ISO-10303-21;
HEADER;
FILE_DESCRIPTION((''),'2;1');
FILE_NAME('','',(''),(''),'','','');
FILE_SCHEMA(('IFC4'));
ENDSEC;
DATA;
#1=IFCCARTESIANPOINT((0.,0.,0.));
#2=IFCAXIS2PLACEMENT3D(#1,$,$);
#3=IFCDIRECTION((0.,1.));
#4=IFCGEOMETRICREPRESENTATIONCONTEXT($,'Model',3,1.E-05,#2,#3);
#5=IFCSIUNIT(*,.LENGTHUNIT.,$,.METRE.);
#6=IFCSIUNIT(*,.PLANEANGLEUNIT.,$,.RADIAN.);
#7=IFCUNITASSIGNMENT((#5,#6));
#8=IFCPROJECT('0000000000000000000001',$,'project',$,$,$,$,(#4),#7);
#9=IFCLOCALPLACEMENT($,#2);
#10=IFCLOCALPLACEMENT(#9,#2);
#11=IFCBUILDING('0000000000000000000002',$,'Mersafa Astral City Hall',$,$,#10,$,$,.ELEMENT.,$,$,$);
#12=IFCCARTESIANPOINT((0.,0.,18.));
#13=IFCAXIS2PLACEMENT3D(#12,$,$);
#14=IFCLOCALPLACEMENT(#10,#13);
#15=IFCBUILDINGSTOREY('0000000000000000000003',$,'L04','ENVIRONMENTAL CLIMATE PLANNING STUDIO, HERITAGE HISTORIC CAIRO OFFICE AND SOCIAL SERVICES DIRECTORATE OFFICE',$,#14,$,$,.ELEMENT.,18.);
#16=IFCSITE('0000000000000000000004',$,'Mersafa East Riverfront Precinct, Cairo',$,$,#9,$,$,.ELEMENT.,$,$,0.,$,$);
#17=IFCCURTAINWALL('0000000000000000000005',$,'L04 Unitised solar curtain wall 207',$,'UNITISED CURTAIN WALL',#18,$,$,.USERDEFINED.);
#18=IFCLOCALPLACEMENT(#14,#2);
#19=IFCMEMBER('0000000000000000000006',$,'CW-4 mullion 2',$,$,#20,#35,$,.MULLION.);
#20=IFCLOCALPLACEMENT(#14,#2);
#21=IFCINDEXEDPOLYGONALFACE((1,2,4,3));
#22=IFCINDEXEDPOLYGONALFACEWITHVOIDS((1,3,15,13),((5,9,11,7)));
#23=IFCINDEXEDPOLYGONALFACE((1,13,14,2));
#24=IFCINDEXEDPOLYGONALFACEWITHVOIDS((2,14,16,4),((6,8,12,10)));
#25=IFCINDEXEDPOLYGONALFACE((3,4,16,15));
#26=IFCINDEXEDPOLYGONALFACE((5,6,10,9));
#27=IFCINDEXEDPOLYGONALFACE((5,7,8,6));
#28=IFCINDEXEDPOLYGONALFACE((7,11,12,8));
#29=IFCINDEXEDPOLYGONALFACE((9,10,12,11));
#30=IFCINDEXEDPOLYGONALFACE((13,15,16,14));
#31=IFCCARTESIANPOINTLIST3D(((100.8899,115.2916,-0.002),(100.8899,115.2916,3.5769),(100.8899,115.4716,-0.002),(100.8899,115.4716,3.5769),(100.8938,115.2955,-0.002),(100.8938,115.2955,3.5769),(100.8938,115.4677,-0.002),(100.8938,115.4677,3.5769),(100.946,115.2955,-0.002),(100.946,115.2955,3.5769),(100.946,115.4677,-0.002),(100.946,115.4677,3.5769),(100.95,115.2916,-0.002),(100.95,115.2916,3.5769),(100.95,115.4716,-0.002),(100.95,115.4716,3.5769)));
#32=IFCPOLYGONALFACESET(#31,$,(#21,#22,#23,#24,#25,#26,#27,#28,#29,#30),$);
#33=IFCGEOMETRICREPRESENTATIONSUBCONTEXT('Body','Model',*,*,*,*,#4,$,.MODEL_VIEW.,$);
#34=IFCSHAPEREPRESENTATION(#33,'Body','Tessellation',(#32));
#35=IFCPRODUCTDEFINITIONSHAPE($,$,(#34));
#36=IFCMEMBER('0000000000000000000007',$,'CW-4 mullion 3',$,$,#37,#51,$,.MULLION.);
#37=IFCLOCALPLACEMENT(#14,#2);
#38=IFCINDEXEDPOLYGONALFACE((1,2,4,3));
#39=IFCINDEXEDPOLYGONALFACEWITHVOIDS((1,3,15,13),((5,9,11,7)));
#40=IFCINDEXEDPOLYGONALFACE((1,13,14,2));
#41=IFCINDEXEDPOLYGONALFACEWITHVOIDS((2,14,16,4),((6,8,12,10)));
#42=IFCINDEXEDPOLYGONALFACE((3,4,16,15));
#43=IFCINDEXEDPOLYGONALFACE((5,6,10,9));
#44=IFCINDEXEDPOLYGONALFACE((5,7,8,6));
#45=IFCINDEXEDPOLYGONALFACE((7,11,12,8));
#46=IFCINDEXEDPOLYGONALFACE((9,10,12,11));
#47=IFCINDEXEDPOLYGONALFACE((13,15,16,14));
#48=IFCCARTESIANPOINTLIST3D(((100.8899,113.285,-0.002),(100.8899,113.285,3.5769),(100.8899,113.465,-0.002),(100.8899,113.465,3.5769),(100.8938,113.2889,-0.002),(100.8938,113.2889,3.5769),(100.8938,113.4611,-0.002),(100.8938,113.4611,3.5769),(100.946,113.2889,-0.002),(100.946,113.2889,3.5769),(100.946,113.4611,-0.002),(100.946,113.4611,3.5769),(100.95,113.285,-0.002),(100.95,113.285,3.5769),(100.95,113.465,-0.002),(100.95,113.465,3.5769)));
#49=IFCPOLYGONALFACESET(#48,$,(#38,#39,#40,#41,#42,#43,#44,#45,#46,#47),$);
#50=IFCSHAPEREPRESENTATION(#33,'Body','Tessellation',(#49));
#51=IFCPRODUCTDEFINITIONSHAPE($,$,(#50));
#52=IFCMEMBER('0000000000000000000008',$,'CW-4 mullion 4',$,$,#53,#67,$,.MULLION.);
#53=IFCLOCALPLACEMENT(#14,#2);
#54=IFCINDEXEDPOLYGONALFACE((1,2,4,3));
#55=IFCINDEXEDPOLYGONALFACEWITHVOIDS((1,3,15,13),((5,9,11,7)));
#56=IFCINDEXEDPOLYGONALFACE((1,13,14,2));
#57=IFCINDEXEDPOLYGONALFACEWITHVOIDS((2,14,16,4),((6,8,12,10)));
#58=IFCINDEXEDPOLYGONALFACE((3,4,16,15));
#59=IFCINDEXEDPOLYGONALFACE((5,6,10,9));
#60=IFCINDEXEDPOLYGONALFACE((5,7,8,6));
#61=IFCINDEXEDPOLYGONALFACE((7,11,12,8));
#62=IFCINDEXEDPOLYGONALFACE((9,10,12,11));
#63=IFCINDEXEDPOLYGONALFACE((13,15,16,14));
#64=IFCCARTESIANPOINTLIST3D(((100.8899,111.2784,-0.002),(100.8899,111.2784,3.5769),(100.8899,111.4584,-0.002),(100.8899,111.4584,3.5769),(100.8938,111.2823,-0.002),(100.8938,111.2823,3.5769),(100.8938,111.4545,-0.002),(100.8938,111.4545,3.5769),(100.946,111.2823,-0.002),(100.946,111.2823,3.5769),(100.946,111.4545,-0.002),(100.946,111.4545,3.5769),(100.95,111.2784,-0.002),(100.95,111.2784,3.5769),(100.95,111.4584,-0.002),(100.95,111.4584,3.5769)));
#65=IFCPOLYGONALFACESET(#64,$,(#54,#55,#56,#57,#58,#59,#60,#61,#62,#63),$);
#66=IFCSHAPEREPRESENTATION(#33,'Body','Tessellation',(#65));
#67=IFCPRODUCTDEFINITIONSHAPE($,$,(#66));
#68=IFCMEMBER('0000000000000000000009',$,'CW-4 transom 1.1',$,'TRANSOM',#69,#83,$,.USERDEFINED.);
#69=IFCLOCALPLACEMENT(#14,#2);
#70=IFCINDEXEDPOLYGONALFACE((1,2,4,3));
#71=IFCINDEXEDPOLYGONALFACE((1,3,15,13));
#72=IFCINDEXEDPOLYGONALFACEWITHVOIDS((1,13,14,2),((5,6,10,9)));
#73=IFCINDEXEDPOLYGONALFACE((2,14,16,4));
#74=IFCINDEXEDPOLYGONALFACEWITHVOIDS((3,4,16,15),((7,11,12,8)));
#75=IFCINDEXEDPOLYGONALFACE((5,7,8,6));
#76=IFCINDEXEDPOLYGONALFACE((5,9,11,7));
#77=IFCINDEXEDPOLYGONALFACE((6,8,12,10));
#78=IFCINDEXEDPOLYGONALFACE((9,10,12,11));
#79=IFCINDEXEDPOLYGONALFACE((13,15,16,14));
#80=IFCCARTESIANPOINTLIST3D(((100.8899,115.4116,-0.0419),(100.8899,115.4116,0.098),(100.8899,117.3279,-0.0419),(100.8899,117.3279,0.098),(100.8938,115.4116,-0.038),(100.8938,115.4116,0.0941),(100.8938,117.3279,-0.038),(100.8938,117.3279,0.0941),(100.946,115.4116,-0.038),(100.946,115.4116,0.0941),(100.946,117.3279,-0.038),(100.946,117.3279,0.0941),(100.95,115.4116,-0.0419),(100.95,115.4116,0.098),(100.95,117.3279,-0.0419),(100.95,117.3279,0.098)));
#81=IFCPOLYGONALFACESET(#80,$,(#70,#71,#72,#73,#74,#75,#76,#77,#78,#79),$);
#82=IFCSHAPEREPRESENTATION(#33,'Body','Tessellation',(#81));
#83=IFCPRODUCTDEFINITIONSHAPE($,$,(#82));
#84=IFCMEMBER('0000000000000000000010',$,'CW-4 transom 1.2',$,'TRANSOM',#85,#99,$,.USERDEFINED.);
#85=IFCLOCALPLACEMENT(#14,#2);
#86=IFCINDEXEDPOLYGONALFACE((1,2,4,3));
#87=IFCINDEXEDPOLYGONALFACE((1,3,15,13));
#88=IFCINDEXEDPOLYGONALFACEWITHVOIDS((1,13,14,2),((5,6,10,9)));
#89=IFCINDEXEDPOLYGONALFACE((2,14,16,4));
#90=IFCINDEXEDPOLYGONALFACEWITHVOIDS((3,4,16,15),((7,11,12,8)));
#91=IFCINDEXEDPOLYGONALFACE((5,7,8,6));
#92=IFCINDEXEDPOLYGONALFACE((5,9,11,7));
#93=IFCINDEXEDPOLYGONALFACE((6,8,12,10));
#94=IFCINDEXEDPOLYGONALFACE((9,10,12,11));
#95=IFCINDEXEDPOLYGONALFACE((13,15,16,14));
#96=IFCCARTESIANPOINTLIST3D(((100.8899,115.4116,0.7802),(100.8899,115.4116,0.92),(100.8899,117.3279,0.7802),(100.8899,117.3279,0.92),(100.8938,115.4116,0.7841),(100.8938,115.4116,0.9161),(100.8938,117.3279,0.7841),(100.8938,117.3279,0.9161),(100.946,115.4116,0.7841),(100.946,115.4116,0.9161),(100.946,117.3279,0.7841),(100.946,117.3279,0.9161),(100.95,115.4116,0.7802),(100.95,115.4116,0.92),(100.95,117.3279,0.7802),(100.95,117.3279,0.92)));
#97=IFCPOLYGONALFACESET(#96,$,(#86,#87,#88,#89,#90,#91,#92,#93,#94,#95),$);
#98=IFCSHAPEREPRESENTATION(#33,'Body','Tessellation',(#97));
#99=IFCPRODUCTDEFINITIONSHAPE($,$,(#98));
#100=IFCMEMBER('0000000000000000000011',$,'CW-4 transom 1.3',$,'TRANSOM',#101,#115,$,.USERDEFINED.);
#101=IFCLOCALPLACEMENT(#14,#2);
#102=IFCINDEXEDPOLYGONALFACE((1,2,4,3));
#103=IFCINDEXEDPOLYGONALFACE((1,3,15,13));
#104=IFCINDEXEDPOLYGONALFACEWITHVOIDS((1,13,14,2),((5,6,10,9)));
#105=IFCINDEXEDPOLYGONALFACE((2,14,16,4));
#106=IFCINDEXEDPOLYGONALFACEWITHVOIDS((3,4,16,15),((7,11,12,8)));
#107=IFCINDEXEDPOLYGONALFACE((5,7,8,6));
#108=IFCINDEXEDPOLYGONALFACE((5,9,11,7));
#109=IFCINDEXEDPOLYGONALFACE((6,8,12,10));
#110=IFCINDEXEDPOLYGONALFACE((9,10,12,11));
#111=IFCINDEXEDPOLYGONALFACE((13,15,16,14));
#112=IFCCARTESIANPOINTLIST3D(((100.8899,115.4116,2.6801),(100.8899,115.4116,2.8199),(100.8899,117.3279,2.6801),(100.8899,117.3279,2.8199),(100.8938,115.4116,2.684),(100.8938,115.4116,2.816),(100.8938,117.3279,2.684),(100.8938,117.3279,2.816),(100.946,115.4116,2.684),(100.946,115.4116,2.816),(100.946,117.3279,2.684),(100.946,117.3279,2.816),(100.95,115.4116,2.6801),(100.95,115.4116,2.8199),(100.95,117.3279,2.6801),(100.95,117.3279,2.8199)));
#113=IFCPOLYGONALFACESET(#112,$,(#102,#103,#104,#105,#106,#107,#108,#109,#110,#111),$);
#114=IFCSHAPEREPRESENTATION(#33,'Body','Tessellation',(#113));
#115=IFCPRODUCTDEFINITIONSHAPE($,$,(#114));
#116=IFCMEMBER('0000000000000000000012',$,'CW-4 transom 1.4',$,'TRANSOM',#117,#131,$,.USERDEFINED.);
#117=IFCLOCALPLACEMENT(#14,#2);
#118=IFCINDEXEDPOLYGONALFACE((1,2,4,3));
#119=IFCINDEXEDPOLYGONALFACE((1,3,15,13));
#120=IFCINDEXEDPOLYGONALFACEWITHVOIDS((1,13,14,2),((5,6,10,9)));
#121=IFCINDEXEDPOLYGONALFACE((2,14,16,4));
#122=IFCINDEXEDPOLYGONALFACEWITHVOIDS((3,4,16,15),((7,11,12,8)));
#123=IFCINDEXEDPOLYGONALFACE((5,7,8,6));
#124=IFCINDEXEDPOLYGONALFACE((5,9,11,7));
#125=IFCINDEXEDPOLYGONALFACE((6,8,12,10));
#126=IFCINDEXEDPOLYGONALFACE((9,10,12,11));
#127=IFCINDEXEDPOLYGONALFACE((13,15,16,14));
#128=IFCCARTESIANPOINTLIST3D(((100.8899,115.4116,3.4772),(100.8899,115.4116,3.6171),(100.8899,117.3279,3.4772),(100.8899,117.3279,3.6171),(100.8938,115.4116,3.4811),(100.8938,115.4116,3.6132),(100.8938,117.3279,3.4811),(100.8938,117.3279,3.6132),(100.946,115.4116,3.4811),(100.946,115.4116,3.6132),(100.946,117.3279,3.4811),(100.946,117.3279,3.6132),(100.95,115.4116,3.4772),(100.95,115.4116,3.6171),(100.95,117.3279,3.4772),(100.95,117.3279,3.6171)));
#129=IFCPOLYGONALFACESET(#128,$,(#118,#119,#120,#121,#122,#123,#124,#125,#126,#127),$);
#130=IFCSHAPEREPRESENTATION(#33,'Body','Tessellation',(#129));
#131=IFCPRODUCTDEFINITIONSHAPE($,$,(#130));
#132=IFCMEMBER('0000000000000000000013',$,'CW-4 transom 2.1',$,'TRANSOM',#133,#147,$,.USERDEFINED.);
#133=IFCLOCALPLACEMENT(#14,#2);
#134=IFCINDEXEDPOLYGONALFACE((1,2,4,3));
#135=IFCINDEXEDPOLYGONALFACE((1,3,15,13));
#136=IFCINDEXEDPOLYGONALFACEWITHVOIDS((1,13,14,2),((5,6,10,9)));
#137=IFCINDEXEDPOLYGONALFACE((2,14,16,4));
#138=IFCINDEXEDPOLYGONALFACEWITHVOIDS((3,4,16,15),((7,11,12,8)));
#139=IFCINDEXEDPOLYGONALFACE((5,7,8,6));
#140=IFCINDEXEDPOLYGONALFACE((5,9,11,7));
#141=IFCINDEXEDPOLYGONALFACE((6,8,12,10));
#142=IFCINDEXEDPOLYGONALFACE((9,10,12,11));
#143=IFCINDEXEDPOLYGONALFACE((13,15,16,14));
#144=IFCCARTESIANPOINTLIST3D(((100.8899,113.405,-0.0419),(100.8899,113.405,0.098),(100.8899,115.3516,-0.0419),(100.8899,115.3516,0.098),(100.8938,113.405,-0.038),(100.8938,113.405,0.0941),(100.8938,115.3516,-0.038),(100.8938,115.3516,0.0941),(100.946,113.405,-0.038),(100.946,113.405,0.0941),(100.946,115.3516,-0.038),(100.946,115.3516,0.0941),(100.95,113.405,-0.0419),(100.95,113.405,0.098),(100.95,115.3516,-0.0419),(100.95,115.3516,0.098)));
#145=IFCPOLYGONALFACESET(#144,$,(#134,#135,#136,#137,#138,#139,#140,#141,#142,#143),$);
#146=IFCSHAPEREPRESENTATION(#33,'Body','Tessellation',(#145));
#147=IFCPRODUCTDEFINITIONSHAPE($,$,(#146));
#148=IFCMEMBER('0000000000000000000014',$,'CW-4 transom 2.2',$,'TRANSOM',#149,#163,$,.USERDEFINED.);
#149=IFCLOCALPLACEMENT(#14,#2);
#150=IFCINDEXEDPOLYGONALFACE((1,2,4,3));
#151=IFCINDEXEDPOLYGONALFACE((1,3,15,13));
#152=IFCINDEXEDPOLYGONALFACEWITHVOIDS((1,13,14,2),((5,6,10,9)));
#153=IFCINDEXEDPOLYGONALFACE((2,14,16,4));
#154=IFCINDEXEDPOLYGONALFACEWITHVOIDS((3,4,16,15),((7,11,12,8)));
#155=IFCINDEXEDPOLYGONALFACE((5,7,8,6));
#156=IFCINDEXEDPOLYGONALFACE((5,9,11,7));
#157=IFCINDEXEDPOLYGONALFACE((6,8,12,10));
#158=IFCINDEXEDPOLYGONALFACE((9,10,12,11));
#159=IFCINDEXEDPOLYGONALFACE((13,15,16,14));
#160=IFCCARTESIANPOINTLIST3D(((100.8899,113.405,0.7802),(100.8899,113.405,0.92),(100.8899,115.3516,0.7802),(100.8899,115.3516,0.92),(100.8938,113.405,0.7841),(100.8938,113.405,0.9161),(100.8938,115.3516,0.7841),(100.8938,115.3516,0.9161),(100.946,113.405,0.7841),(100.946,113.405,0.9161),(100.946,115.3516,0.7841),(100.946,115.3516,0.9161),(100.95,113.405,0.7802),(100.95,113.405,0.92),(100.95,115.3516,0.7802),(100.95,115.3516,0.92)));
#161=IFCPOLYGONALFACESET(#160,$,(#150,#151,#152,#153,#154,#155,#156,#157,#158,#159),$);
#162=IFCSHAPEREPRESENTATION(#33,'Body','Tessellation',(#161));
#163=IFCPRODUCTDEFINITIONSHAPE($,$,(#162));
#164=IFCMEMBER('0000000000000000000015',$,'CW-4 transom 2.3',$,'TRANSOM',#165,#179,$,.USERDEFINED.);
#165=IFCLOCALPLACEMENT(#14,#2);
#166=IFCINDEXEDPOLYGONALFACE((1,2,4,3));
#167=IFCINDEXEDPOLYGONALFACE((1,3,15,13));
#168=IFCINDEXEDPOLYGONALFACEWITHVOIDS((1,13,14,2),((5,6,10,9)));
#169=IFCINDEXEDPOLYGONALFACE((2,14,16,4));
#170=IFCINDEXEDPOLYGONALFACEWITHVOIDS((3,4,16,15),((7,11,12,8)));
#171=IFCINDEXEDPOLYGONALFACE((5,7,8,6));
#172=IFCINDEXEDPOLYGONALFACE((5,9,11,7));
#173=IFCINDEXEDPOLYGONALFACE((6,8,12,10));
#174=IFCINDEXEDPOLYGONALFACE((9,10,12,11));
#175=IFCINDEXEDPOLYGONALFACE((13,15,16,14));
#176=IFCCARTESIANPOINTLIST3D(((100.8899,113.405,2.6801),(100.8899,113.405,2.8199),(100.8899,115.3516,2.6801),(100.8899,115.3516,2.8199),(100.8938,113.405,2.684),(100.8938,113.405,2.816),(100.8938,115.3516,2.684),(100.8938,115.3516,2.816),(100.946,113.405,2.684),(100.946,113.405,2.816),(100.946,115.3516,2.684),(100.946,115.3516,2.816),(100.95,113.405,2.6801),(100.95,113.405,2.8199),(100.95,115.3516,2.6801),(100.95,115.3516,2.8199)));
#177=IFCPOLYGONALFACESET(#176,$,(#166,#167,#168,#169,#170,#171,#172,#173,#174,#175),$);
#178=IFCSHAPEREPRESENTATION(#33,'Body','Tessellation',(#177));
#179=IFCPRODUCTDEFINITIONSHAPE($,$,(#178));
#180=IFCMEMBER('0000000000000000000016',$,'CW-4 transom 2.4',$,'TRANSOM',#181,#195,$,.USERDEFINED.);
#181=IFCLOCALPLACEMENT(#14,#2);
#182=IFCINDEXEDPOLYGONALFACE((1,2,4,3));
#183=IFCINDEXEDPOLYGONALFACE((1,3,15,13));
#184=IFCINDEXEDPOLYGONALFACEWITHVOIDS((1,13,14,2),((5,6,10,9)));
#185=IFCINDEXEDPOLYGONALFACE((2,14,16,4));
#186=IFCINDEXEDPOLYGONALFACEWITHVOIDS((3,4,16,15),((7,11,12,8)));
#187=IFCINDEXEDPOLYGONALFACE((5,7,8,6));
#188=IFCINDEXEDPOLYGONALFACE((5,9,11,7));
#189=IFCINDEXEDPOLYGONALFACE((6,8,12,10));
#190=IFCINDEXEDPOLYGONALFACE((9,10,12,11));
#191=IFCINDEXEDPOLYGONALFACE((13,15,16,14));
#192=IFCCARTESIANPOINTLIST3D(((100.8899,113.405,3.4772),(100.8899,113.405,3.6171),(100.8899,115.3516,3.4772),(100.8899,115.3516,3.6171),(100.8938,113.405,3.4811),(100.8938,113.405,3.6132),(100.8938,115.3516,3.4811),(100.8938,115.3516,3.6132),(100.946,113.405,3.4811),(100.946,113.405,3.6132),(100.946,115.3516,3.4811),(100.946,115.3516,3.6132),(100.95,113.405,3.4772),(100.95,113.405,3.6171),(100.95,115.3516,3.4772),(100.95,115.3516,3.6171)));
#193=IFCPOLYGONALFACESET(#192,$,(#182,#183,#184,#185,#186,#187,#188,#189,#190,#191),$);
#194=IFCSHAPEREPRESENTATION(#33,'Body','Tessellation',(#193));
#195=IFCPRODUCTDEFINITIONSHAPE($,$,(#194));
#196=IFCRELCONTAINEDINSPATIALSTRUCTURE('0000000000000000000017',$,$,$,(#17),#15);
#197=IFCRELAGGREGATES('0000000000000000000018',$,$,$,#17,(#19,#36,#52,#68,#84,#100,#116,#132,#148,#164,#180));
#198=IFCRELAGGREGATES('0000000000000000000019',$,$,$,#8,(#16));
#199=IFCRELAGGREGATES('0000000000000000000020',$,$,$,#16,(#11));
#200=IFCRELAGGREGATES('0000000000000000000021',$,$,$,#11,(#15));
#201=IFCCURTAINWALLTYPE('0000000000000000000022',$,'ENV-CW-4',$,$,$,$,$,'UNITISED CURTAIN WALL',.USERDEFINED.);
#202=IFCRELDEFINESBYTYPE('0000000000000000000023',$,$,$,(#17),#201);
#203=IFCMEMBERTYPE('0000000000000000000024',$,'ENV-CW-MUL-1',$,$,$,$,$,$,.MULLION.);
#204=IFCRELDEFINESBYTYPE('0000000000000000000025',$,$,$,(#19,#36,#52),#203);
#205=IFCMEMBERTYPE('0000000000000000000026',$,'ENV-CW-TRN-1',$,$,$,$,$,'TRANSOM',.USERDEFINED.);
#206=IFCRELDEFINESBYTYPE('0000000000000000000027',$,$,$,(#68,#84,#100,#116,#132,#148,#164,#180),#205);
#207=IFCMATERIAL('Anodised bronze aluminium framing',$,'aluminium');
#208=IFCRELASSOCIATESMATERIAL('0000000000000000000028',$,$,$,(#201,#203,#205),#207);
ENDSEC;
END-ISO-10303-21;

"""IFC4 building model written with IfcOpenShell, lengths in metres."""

from ifc_helpers import new_model, si_unit, direction, frame, origin, origin_2d, place, context, subcontext, project, spatial, hollow_rectangle, extrude, material, material_profile, profile_set, type_object, element, aggregate, save


model = new_model("IFC4")

# Units and contexts
model_context = context("Model", 3, precision=1e-05, world=origin(), true_north=direction((0.0, 1.0)))
body_context = subcontext(model_context, "Body", "Model", "MODEL_VIEW")
ifc_project = project(units=[si_unit("LENGTHUNIT", "METRE"), si_unit("PLANEANGLEUNIT", "RADIAN")], contexts=[model_context])

# Site, building, storey
site_placement = place(None, origin())
site = spatial("IfcSite", under=ifc_project, at=site_placement, Name="Mersafa East Riverfront Precinct, Cairo", CompositionType="ELEMENT", RefElevation=0.0)
building_placement = place(site_placement, origin())
building = spatial("IfcBuilding", under=site, at=building_placement, Name="Mersafa Astral City Hall", CompositionType="ELEMENT")
storey_placement = place(building_placement, frame((0.0, 0.0, 18.0)))
storey = spatial("IfcBuildingStorey", under=building, at=storey_placement, Name="L04", Description="ENVIRONMENTAL CLIMATE PLANNING STUDIO, HERITAGE HISTORIC CAIRO OFFICE AND SOCIAL SERVICES DIRECTORATE OFFICE", CompositionType="ELEMENT", Elevation=18.0)

# Curtain wall, members
ifc_material_1 = material(Name="Anodised bronze aluminium framing", Category="aluminium")
curtain_wall_type = type_object("IfcCurtainWallType", Name="ENV-CW-4", ElementType="UNITISED CURTAIN WALL", PredefinedType="USERDEFINED", material=ifc_material_1)
curtain_wall_placement = place(storey_placement, origin())
curtain_wall = element("IfcCurtainWall", 1, at=curtain_wall_placement, inside=storey, type_object=curtain_wall_type, Name="L04 Unitised solar curtain wall 207", ObjectType="UNITISED CURTAIN WALL", PredefinedType="USERDEFINED")
ifc_material_profile_1 = material_profile(ifc_material_1, hollow_rectangle(XDim=0.0601, YDim=0.1799, WallThickness=0.0039, at=origin_2d()), Name="RHS 60x180x4")
ifc_profile_set_1 = profile_set([ifc_material_profile_1], Name="Anodised bronze aluminium framing")
member_type_1 = type_object("IfcMemberType", Name="ENV-CW-MUL-1", PredefinedType="MULLION", material=ifc_profile_set_1)
member_1_placement = place(storey_placement, frame((100.9199, 115.3816, -0.002), z_axis=(0.0, 0.0, 1.0), x_axis=(1.0, 0.0, 0.0)))
member_1 = element("IfcMember", 2, at=member_1_placement, type_object=member_type_1, Name="CW-4 mullion 2", PredefinedType="MULLION", context=body_context, shape_type="SweptSolid", body=[
    extrude(hollow_rectangle(XDim=0.0601, YDim=0.1799, WallThickness=0.0039, at=origin_2d()), origin(), (0.0, 0.0, 1.0), 3.5789),
])
member_2_placement = place(storey_placement, frame((100.9199, 113.375, -0.002), z_axis=(0.0, 0.0, 1.0), x_axis=(1.0, 0.0, 0.0)))
member_2 = element("IfcMember", 3, at=member_2_placement, type_object=member_type_1, Name="CW-4 mullion 3", PredefinedType="MULLION", context=body_context, shape_type="SweptSolid", body=[
    extrude(hollow_rectangle(XDim=0.0601, YDim=0.1799, WallThickness=0.0039, at=origin_2d()), origin(), (0.0, 0.0, 1.0), 3.5789),
])
member_3_placement = place(storey_placement, frame((100.9199, 111.3684, -0.002), z_axis=(0.0, 0.0, 1.0), x_axis=(1.0, 0.0, 0.0)))
member_3 = element("IfcMember", 4, at=member_3_placement, type_object=member_type_1, Name="CW-4 mullion 4", PredefinedType="MULLION", context=body_context, shape_type="SweptSolid", body=[
    extrude(hollow_rectangle(XDim=0.0601, YDim=0.1799, WallThickness=0.0039, at=origin_2d()), origin(), (0.0, 0.0, 1.0), 3.5789),
])
ifc_material_profile_2 = material_profile(ifc_material_1, hollow_rectangle(XDim=0.0601, YDim=0.1399, WallThickness=0.0039, at=origin_2d()), Name="RHS 60x140x4")
ifc_profile_set_2 = profile_set([ifc_material_profile_2], Name="Anodised bronze aluminium framing")
member_type_2 = type_object("IfcMemberType", Name="ENV-CW-TRN-1", ElementType="TRANSOM", PredefinedType="USERDEFINED", material=ifc_profile_set_2)
member_4_placement = place(storey_placement, frame((100.9199, 117.3279, 0.0281), z_axis=(0.0, -1.0, 0.0), x_axis=(1.0, 0.0, 0.0)))
member_4 = element("IfcMember", 5, at=member_4_placement, type_object=member_type_2, Name="CW-4 transom 1.1", ObjectType="TRANSOM", PredefinedType="USERDEFINED", context=body_context, shape_type="SweptSolid", body=[
    extrude(hollow_rectangle(XDim=0.0601, YDim=0.1399, WallThickness=0.0039, at=origin_2d()), origin(), (0.0, 0.0, 1.0), 1.9163),
])
member_5_placement = place(storey_placement, frame((100.9199, 117.3279, 0.8501), z_axis=(0.0, -1.0, 0.0), x_axis=(1.0, 0.0, 0.0)))
member_5 = element("IfcMember", 6, at=member_5_placement, type_object=member_type_2, Name="CW-4 transom 1.2", ObjectType="TRANSOM", PredefinedType="USERDEFINED", context=body_context, shape_type="SweptSolid", body=[
    extrude(hollow_rectangle(XDim=0.0601, YDim=0.1399, WallThickness=0.0039, at=origin_2d()), origin(), (0.0, 0.0, 1.0), 1.9163),
])
member_6_placement = place(storey_placement, frame((100.9199, 117.3279, 2.75), z_axis=(0.0, -1.0, 0.0), x_axis=(1.0, 0.0, 0.0)))
member_6 = element("IfcMember", 7, at=member_6_placement, type_object=member_type_2, Name="CW-4 transom 1.3", ObjectType="TRANSOM", PredefinedType="USERDEFINED", context=body_context, shape_type="SweptSolid", body=[
    extrude(hollow_rectangle(XDim=0.0601, YDim=0.1399, WallThickness=0.0039, at=origin_2d()), origin(), (0.0, 0.0, 1.0), 1.9163),
])
member_7_placement = place(storey_placement, frame((100.9199, 117.3279, 3.5471), z_axis=(0.0, -1.0, 0.0), x_axis=(1.0, 0.0, 0.0)))
member_7 = element("IfcMember", 8, at=member_7_placement, type_object=member_type_2, Name="CW-4 transom 1.4", ObjectType="TRANSOM", PredefinedType="USERDEFINED", context=body_context, shape_type="SweptSolid", body=[
    extrude(hollow_rectangle(XDim=0.0601, YDim=0.1399, WallThickness=0.0039, at=origin_2d()), origin(), (0.0, 0.0, 1.0), 1.9163),
])
member_8_placement = place(storey_placement, frame((100.9199, 115.3516, 0.0281), z_axis=(0.0, -1.0, 0.0), x_axis=(1.0, 0.0, 0.0)))
member_8 = element("IfcMember", 9, at=member_8_placement, type_object=member_type_2, Name="CW-4 transom 2.1", ObjectType="TRANSOM", PredefinedType="USERDEFINED", context=body_context, shape_type="SweptSolid", body=[
    extrude(hollow_rectangle(XDim=0.0601, YDim=0.1399, WallThickness=0.0039, at=origin_2d()), origin(), (0.0, 0.0, 1.0), 1.9465),
])
member_9_placement = place(storey_placement, frame((100.9199, 115.3516, 0.8501), z_axis=(0.0, -1.0, 0.0), x_axis=(1.0, 0.0, 0.0)))
member_9 = element("IfcMember", 10, at=member_9_placement, type_object=member_type_2, Name="CW-4 transom 2.2", ObjectType="TRANSOM", PredefinedType="USERDEFINED", context=body_context, shape_type="SweptSolid", body=[
    extrude(hollow_rectangle(XDim=0.0601, YDim=0.1399, WallThickness=0.0039, at=origin_2d()), origin(), (0.0, 0.0, 1.0), 1.9465),
])
member_10_placement = place(storey_placement, frame((100.9199, 115.3516, 2.75), z_axis=(0.0, -1.0, 0.0), x_axis=(1.0, 0.0, 0.0)))
member_10 = element("IfcMember", 11, at=member_10_placement, type_object=member_type_2, Name="CW-4 transom 2.3", ObjectType="TRANSOM", PredefinedType="USERDEFINED", context=body_context, shape_type="SweptSolid", body=[
    extrude(hollow_rectangle(XDim=0.0601, YDim=0.1399, WallThickness=0.0039, at=origin_2d()), origin(), (0.0, 0.0, 1.0), 1.9465),
])
member_11_placement = place(storey_placement, frame((100.9199, 115.3516, 3.5471), z_axis=(0.0, -1.0, 0.0), x_axis=(1.0, 0.0, 0.0)))
member_11 = element("IfcMember", 12, at=member_11_placement, type_object=member_type_2, Name="CW-4 transom 2.4", ObjectType="TRANSOM", PredefinedType="USERDEFINED", context=body_context, shape_type="SweptSolid", body=[
    extrude(hollow_rectangle(XDim=0.0601, YDim=0.1399, WallThickness=0.0039, at=origin_2d()), origin(), (0.0, 0.0, 1.0), 1.9465),
])
aggregate(curtain_wall, [member_1, member_2, member_3, member_4, member_5, member_6, member_7, member_8, member_9, member_10, member_11])

save(model, "model.ifc")
